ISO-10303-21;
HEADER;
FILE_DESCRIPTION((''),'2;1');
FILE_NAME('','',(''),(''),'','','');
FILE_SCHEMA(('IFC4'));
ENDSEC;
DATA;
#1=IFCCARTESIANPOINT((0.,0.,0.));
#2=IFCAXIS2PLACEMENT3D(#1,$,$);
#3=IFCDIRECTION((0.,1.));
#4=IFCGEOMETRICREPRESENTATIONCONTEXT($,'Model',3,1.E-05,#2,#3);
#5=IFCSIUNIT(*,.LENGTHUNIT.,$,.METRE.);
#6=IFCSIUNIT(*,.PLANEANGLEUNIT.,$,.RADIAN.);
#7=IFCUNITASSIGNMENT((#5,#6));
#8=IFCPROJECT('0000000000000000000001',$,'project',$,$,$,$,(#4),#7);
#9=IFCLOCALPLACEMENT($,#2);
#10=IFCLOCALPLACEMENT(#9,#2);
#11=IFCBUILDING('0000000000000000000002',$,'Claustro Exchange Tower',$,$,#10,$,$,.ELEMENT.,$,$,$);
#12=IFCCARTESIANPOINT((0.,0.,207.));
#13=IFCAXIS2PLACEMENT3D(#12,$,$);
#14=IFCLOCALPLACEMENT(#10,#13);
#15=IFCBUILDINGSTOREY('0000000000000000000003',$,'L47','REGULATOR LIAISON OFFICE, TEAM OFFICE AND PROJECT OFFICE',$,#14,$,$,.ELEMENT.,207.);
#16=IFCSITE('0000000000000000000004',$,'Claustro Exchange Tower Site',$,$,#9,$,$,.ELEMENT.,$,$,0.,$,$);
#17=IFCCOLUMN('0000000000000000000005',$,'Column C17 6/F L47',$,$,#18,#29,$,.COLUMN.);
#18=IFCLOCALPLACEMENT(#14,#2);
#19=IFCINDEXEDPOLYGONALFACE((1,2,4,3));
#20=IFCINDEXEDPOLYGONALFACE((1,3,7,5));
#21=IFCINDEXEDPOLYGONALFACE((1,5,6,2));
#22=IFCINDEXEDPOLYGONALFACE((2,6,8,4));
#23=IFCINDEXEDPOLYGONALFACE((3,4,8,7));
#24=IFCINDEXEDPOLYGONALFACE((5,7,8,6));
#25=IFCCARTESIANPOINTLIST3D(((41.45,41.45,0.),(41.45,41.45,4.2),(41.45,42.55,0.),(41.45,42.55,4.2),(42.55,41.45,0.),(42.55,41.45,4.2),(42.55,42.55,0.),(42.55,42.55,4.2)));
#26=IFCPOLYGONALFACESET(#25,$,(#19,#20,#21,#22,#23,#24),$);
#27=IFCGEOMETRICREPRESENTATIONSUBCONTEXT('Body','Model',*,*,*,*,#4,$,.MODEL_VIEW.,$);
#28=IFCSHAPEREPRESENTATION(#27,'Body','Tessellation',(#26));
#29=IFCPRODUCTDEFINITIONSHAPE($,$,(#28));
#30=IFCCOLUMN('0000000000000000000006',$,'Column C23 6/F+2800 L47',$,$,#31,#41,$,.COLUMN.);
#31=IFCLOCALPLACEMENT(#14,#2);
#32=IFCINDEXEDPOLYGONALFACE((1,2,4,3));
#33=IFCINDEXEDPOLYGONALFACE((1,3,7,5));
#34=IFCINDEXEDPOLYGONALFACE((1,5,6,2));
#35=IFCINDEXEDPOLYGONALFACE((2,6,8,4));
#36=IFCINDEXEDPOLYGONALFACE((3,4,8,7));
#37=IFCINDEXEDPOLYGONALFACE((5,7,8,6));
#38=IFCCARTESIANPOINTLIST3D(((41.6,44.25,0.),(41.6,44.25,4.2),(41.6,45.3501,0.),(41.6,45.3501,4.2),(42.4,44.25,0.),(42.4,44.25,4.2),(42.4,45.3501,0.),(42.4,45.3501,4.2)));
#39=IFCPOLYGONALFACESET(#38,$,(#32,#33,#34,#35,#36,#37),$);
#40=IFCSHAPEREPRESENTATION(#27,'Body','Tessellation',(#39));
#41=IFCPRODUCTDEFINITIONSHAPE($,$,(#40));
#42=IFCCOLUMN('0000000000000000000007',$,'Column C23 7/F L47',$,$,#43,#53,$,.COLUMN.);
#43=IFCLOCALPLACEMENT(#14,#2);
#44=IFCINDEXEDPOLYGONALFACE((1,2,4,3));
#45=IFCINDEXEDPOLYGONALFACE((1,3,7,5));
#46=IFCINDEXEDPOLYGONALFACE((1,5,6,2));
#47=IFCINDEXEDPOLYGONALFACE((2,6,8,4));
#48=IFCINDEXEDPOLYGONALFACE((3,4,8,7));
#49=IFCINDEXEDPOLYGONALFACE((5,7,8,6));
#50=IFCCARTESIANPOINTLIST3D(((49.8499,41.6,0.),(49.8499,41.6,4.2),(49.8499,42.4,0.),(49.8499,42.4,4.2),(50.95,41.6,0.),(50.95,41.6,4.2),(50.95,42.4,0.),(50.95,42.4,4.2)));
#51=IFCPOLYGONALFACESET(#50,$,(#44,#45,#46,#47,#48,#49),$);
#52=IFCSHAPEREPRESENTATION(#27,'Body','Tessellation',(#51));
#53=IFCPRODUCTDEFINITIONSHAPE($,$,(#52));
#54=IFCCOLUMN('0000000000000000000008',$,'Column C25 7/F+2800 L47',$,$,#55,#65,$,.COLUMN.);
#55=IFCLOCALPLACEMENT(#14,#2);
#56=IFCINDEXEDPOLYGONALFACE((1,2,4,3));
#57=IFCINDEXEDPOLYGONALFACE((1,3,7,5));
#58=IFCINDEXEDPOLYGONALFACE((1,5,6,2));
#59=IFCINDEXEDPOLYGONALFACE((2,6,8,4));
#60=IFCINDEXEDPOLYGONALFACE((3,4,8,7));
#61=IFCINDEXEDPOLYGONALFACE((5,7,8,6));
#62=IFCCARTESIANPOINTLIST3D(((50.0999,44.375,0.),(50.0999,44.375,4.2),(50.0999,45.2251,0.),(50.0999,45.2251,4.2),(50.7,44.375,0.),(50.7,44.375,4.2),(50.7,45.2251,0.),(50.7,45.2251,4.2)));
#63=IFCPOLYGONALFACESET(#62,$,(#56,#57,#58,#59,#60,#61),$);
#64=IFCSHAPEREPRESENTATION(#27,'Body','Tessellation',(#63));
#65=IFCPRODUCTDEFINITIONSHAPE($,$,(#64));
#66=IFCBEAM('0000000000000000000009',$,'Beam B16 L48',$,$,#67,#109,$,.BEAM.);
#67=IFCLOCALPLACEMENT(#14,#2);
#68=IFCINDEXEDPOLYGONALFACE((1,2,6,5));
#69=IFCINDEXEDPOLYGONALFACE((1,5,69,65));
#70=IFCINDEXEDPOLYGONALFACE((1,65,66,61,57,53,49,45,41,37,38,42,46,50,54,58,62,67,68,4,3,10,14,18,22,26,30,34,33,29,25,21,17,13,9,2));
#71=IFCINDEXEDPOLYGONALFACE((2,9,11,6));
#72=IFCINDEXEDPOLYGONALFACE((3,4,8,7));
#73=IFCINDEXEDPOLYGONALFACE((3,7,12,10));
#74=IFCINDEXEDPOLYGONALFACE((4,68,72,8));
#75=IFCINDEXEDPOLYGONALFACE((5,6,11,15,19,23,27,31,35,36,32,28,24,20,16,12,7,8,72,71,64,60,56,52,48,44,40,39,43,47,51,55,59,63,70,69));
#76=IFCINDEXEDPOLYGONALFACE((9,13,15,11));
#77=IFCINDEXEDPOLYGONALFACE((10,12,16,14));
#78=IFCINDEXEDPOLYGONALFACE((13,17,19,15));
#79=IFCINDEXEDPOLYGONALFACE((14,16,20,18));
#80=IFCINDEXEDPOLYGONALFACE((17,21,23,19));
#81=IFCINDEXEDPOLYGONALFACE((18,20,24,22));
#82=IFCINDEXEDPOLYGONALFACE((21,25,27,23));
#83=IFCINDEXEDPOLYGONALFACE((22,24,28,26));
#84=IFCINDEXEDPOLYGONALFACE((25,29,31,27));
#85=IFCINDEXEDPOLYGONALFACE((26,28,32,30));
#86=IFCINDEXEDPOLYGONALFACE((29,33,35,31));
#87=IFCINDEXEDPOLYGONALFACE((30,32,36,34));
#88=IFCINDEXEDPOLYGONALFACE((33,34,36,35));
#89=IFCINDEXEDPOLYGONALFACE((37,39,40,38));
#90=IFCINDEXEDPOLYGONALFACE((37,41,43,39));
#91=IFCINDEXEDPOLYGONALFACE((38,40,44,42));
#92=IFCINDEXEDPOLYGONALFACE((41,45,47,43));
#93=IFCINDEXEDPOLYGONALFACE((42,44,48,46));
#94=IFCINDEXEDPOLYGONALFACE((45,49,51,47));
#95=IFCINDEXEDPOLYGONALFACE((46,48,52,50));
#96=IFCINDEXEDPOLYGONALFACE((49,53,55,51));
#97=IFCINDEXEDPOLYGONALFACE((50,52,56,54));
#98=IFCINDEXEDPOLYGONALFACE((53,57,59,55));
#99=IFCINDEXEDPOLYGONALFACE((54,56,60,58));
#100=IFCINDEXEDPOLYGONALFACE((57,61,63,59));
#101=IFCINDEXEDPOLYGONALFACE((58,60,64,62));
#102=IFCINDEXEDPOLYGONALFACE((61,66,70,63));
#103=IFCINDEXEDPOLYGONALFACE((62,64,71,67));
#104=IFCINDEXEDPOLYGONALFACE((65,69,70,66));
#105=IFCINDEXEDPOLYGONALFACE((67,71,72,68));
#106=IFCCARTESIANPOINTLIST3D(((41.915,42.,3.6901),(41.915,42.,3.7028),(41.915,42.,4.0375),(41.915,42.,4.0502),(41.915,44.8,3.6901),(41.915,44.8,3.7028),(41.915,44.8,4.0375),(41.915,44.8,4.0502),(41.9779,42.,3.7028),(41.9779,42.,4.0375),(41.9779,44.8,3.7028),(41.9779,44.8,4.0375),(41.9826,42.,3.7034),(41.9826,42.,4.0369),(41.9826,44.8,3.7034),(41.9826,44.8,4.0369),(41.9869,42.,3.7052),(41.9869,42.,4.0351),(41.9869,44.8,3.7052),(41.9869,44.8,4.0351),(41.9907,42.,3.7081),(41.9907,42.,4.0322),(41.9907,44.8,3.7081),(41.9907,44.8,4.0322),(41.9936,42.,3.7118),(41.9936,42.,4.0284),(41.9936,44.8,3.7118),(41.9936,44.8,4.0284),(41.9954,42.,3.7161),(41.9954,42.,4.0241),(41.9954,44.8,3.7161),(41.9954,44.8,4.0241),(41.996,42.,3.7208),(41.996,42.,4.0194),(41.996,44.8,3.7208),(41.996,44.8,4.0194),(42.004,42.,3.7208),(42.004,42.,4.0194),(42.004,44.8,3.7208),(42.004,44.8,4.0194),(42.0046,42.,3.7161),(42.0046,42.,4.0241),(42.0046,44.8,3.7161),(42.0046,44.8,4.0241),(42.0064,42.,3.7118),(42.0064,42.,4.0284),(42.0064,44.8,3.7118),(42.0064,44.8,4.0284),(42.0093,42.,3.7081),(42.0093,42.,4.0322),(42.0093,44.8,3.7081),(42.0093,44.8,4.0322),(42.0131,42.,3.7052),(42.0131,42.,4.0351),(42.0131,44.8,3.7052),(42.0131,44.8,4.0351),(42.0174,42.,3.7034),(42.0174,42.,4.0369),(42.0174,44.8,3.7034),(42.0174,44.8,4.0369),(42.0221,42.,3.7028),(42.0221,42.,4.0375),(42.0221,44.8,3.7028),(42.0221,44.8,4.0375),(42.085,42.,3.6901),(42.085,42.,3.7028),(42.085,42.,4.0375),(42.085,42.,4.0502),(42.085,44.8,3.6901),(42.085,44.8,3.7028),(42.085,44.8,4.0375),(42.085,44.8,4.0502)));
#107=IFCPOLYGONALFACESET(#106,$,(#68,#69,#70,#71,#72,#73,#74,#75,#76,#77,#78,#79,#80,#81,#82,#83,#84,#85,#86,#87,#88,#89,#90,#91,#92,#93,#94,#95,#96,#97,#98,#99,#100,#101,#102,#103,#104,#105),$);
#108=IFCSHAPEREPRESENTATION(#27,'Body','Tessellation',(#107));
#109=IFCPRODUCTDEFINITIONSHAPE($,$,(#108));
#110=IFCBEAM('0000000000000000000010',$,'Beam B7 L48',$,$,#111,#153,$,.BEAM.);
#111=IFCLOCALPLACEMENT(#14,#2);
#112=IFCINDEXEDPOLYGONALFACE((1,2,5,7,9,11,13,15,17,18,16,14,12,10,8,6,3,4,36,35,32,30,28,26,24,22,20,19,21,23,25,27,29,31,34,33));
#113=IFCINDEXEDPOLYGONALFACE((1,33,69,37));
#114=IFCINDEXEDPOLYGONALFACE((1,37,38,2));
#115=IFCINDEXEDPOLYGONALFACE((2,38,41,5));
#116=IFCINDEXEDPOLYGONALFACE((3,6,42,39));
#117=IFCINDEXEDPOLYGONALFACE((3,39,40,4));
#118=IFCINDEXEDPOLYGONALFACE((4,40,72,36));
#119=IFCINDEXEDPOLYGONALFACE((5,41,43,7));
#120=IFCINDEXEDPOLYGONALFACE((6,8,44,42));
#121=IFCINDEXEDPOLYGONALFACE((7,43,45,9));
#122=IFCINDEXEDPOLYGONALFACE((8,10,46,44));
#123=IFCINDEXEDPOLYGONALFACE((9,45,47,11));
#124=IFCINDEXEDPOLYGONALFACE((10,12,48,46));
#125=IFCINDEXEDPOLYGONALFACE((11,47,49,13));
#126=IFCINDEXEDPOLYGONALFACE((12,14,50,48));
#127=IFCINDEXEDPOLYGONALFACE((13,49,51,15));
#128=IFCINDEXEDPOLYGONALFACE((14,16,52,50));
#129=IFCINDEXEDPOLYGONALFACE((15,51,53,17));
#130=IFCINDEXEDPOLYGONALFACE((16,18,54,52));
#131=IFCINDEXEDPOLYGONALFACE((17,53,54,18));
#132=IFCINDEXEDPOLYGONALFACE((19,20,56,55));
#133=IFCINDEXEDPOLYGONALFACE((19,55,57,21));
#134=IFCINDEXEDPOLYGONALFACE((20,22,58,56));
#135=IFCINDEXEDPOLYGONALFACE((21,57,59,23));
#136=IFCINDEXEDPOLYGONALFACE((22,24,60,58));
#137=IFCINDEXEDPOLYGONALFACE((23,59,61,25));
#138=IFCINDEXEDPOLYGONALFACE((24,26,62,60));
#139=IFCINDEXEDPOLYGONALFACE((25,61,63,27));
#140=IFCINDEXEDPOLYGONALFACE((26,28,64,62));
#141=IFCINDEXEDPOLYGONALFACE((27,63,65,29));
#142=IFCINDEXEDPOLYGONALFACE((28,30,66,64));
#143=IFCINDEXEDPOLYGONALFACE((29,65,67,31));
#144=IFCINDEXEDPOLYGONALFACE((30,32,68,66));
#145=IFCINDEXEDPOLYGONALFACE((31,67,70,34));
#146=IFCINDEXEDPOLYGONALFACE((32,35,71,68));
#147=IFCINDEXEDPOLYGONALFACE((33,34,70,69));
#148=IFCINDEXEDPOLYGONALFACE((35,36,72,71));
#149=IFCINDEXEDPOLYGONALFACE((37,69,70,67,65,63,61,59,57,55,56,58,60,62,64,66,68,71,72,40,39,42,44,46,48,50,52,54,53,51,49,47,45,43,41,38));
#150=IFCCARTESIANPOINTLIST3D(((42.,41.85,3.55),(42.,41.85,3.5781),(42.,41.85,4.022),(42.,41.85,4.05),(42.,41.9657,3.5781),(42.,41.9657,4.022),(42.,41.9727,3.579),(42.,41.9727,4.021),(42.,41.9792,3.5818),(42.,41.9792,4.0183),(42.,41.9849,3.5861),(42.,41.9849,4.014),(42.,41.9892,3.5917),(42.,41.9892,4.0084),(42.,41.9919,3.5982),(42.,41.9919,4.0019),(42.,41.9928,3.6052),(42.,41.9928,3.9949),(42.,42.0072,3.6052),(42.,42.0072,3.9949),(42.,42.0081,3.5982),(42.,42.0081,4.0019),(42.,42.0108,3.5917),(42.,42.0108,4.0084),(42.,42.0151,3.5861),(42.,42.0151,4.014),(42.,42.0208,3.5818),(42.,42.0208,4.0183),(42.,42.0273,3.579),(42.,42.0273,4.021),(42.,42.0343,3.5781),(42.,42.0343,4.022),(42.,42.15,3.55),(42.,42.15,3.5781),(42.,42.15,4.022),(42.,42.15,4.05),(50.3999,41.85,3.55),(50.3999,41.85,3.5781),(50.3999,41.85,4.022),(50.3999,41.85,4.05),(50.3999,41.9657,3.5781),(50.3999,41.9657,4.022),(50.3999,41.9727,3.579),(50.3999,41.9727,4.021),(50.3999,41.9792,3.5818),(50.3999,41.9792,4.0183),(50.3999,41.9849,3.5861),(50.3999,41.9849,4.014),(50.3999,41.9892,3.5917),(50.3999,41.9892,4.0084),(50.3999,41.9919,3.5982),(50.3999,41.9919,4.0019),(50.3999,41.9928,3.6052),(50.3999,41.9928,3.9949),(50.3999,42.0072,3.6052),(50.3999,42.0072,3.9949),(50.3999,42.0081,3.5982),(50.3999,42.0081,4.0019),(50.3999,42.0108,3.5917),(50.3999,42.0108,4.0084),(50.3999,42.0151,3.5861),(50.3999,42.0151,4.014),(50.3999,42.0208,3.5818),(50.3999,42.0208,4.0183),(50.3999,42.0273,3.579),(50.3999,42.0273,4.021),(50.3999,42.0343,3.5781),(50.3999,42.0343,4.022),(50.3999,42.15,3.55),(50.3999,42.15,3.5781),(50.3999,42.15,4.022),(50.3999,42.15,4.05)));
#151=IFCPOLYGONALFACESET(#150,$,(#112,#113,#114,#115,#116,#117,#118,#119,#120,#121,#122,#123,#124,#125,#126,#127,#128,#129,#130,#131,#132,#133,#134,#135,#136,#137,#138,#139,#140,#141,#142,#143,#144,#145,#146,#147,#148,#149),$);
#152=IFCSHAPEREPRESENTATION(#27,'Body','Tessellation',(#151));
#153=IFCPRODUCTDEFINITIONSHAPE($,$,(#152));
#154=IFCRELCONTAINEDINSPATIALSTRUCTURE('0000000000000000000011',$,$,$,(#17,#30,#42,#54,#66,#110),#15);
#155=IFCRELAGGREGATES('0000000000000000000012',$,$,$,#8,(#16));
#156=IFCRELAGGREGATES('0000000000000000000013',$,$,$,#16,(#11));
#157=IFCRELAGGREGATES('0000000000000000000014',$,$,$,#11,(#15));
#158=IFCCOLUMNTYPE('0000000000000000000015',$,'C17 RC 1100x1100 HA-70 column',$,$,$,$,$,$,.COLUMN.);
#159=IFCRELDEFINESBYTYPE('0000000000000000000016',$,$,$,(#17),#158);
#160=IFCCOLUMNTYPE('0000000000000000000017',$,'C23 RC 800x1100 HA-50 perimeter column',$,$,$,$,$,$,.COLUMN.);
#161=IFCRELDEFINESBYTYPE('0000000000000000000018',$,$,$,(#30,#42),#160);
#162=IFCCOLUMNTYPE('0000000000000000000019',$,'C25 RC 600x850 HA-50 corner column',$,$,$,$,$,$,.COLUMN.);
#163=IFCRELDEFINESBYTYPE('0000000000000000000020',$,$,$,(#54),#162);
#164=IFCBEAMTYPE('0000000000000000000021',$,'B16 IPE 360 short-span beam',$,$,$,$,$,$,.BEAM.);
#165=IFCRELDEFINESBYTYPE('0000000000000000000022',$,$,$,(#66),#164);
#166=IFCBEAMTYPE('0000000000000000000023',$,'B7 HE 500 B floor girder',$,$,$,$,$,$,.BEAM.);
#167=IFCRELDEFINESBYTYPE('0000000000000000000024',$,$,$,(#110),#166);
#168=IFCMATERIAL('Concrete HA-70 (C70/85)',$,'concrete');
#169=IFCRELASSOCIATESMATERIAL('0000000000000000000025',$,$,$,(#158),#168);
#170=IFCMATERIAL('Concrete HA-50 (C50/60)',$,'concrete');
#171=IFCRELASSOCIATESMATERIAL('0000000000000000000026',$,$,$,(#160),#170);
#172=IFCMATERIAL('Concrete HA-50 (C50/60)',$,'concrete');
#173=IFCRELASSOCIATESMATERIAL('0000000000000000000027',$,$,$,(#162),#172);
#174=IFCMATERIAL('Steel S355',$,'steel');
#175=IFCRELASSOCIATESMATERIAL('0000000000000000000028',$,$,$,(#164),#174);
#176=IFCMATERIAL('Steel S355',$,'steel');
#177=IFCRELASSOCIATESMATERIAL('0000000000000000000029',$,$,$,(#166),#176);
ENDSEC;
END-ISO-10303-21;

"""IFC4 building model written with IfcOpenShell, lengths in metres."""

from ifc_helpers import new_model, si_unit, direction, frame, origin, origin_2d, place, context, subcontext, project, spatial, rectangle, i_section, extrude, material, material_profile, profile_set, type_object, element, save


model = new_model("IFC4")

# Units and contexts
model_context = context("Model", 3, precision=1e-05, world=origin(), true_north=direction((0.0, 1.0)))
body_context = subcontext(model_context, "Body", "Model", "MODEL_VIEW")
ifc_project = project(units=[si_unit("LENGTHUNIT", "METRE"), si_unit("PLANEANGLEUNIT", "RADIAN")], contexts=[model_context])

# Site, building, storey
site_placement = place(None, origin())
site = spatial("IfcSite", under=ifc_project, at=site_placement, Name="Claustro Exchange Tower Site", CompositionType="ELEMENT", RefElevation=0.0)
building_placement = place(site_placement, origin())
building = spatial("IfcBuilding", under=site, at=building_placement, Name="Claustro Exchange Tower", CompositionType="ELEMENT")
storey_placement = place(building_placement, frame((0.0, 0.0, 207.0)))
storey = spatial("IfcBuildingStorey", under=building, at=storey_placement, Name="L47", Description="REGULATOR LIAISON OFFICE, TEAM OFFICE AND PROJECT OFFICE", CompositionType="ELEMENT", Elevation=207.0)

# Columns
ifc_material_1 = material(Name="Concrete HA-70 (C70/85)", Category="concrete")
ifc_material_profile_1 = material_profile(ifc_material_1, rectangle(XDim=1.1001, YDim=1.1001, at=origin_2d()), Name="RC 1100x1100")
ifc_profile_set_1 = profile_set([ifc_material_profile_1], Name="Concrete HA-70 (C70/85)")
column_type_1 = type_object("IfcColumnType", Name="C17 RC 1100x1100 HA-70 column", PredefinedType="COLUMN", material=ifc_profile_set_1)
column_1_placement = place(storey_placement, frame((42.0, 42.0, 0.0), z_axis=(0.0, 0.0, 1.0), x_axis=(1.0, 0.0, 0.0)))
element("IfcColumn", 1, at=column_1_placement, inside=storey, type_object=column_type_1, Name="Column C17 6/F L47", PredefinedType="COLUMN", context=body_context, shape_type="SweptSolid", body=[
    extrude(rectangle(XDim=1.1001, YDim=1.1001, at=origin_2d()), origin(), (0.0, 0.0, 1.0), 4.2),
])
ifc_material_2 = material(Name="Concrete HA-50 (C50/60)", Category="concrete")
ifc_material_profile_2 = material_profile(ifc_material_2, rectangle(XDim=0.8, YDim=1.1001, at=origin_2d()), Name="RC 800x1100")
ifc_profile_set_2 = profile_set([ifc_material_profile_2], Name="Concrete HA-50 (C50/60)")
column_type_2 = type_object("IfcColumnType", Name="C23 RC 800x1100 HA-50 perimeter column", PredefinedType="COLUMN", material=ifc_profile_set_2)
for number, where, z_axis, x_axis, name in (
    (2, (42.0, 44.8, 0.0), (0.0, 0.0, 1.0), (1.0, 0.0, 0.0), "Column C23 6/F+2800 L47"),
    (3, (50.3999, 42.0, 0.0), (0.0, 0.0, 1.0), (0.0, 1.0, 0.0), "Column C23 7/F L47"),
):
    element("IfcColumn", number, at=place(storey_placement, frame(where, z_axis=z_axis, x_axis=x_axis)), inside=storey, type_object=column_type_2, Name=name, PredefinedType="COLUMN", context=body_context, shape_type="SweptSolid", body=[
        extrude(rectangle(XDim=0.8, YDim=1.1001, at=origin_2d()), origin(), (0.0, 0.0, 1.0), 4.2),
    ])
ifc_material_3 = material(Name="Concrete HA-50 (C50/60)", Category="concrete")
ifc_material_profile_3 = material_profile(ifc_material_3, rectangle(XDim=0.6001, YDim=0.8501, at=origin_2d()), Name="RC 600x850")
ifc_profile_set_3 = profile_set([ifc_material_profile_3], Name="Concrete HA-50 (C50/60)")
column_type_3 = type_object("IfcColumnType", Name="C25 RC 600x850 HA-50 corner column", PredefinedType="COLUMN", material=ifc_profile_set_3)
column_2_placement = place(storey_placement, frame((50.3999, 44.8, 0.0), z_axis=(0.0, 0.0, 1.0), x_axis=(1.0, 0.0, 0.0)))
element("IfcColumn", 4, at=column_2_placement, inside=storey, type_object=column_type_3, Name="Column C25 7/F+2800 L47", PredefinedType="COLUMN", context=body_context, shape_type="SweptSolid", body=[
    extrude(rectangle(XDim=0.6001, YDim=0.8501, at=origin_2d()), origin(), (0.0, 0.0, 1.0), 4.2),
])

# Beams
ifc_material_4 = material(Name="Steel S355", Category="steel")
ifc_material_profile_4 = material_profile(ifc_material_4, i_section(OverallWidth=0.1699, OverallDepth=0.3601, WebThickness=0.0081, FlangeThickness=0.0127, FilletRadius=0.0181, at=origin_2d()), Name="IPE 360")
ifc_profile_set_4 = profile_set([ifc_material_profile_4], Name="Steel S355")
beam_type_1 = type_object("IfcBeamType", Name="B16 IPE 360 short-span beam", PredefinedType="BEAM", material=ifc_profile_set_4)
beam_1_placement = place(storey_placement, frame((42.0, 42.0, 3.8701), z_axis=(0.0, 1.0, 0.0), x_axis=(-1.0, 0.0, 0.0)))
element("IfcBeam", 5, at=beam_1_placement, inside=storey, type_object=beam_type_1, Name="Beam B16 L48", PredefinedType="BEAM", context=body_context, shape_type="SweptSolid", body=[
    extrude(i_section(OverallWidth=0.1699, OverallDepth=0.3601, WebThickness=0.0081, FlangeThickness=0.0127, FilletRadius=0.0181, at=origin_2d()), origin(), (0.0, 0.0, 1.0), 2.8),
])
ifc_material_5 = material(Name="Steel S355", Category="steel")
ifc_material_profile_5 = material_profile(ifc_material_5, i_section(OverallWidth=0.3, OverallDepth=0.5, WebThickness=0.0144, FlangeThickness=0.0281, FilletRadius=0.0271, at=origin_2d()), Name="HE 500 B")
ifc_profile_set_5 = profile_set([ifc_material_profile_5], Name="Steel S355")
beam_type_2 = type_object("IfcBeamType", Name="B7 HE 500 B floor girder", PredefinedType="BEAM", material=ifc_profile_set_5)
beam_2_placement = place(storey_placement, frame((42.0, 42.0, 3.8), z_axis=(1.0, 0.0, 0.0), x_axis=(0.0, 1.0, 0.0)))
element("IfcBeam", 6, at=beam_2_placement, inside=storey, type_object=beam_type_2, Name="Beam B7 L48", PredefinedType="BEAM", context=body_context, shape_type="SweptSolid", body=[
    extrude(i_section(OverallWidth=0.3, OverallDepth=0.5, WebThickness=0.0144, FlangeThickness=0.0281, FilletRadius=0.0271, at=origin_2d()), origin(), (0.0, 0.0, 1.0), 8.3999),
])

save(model, "model.ifc")
